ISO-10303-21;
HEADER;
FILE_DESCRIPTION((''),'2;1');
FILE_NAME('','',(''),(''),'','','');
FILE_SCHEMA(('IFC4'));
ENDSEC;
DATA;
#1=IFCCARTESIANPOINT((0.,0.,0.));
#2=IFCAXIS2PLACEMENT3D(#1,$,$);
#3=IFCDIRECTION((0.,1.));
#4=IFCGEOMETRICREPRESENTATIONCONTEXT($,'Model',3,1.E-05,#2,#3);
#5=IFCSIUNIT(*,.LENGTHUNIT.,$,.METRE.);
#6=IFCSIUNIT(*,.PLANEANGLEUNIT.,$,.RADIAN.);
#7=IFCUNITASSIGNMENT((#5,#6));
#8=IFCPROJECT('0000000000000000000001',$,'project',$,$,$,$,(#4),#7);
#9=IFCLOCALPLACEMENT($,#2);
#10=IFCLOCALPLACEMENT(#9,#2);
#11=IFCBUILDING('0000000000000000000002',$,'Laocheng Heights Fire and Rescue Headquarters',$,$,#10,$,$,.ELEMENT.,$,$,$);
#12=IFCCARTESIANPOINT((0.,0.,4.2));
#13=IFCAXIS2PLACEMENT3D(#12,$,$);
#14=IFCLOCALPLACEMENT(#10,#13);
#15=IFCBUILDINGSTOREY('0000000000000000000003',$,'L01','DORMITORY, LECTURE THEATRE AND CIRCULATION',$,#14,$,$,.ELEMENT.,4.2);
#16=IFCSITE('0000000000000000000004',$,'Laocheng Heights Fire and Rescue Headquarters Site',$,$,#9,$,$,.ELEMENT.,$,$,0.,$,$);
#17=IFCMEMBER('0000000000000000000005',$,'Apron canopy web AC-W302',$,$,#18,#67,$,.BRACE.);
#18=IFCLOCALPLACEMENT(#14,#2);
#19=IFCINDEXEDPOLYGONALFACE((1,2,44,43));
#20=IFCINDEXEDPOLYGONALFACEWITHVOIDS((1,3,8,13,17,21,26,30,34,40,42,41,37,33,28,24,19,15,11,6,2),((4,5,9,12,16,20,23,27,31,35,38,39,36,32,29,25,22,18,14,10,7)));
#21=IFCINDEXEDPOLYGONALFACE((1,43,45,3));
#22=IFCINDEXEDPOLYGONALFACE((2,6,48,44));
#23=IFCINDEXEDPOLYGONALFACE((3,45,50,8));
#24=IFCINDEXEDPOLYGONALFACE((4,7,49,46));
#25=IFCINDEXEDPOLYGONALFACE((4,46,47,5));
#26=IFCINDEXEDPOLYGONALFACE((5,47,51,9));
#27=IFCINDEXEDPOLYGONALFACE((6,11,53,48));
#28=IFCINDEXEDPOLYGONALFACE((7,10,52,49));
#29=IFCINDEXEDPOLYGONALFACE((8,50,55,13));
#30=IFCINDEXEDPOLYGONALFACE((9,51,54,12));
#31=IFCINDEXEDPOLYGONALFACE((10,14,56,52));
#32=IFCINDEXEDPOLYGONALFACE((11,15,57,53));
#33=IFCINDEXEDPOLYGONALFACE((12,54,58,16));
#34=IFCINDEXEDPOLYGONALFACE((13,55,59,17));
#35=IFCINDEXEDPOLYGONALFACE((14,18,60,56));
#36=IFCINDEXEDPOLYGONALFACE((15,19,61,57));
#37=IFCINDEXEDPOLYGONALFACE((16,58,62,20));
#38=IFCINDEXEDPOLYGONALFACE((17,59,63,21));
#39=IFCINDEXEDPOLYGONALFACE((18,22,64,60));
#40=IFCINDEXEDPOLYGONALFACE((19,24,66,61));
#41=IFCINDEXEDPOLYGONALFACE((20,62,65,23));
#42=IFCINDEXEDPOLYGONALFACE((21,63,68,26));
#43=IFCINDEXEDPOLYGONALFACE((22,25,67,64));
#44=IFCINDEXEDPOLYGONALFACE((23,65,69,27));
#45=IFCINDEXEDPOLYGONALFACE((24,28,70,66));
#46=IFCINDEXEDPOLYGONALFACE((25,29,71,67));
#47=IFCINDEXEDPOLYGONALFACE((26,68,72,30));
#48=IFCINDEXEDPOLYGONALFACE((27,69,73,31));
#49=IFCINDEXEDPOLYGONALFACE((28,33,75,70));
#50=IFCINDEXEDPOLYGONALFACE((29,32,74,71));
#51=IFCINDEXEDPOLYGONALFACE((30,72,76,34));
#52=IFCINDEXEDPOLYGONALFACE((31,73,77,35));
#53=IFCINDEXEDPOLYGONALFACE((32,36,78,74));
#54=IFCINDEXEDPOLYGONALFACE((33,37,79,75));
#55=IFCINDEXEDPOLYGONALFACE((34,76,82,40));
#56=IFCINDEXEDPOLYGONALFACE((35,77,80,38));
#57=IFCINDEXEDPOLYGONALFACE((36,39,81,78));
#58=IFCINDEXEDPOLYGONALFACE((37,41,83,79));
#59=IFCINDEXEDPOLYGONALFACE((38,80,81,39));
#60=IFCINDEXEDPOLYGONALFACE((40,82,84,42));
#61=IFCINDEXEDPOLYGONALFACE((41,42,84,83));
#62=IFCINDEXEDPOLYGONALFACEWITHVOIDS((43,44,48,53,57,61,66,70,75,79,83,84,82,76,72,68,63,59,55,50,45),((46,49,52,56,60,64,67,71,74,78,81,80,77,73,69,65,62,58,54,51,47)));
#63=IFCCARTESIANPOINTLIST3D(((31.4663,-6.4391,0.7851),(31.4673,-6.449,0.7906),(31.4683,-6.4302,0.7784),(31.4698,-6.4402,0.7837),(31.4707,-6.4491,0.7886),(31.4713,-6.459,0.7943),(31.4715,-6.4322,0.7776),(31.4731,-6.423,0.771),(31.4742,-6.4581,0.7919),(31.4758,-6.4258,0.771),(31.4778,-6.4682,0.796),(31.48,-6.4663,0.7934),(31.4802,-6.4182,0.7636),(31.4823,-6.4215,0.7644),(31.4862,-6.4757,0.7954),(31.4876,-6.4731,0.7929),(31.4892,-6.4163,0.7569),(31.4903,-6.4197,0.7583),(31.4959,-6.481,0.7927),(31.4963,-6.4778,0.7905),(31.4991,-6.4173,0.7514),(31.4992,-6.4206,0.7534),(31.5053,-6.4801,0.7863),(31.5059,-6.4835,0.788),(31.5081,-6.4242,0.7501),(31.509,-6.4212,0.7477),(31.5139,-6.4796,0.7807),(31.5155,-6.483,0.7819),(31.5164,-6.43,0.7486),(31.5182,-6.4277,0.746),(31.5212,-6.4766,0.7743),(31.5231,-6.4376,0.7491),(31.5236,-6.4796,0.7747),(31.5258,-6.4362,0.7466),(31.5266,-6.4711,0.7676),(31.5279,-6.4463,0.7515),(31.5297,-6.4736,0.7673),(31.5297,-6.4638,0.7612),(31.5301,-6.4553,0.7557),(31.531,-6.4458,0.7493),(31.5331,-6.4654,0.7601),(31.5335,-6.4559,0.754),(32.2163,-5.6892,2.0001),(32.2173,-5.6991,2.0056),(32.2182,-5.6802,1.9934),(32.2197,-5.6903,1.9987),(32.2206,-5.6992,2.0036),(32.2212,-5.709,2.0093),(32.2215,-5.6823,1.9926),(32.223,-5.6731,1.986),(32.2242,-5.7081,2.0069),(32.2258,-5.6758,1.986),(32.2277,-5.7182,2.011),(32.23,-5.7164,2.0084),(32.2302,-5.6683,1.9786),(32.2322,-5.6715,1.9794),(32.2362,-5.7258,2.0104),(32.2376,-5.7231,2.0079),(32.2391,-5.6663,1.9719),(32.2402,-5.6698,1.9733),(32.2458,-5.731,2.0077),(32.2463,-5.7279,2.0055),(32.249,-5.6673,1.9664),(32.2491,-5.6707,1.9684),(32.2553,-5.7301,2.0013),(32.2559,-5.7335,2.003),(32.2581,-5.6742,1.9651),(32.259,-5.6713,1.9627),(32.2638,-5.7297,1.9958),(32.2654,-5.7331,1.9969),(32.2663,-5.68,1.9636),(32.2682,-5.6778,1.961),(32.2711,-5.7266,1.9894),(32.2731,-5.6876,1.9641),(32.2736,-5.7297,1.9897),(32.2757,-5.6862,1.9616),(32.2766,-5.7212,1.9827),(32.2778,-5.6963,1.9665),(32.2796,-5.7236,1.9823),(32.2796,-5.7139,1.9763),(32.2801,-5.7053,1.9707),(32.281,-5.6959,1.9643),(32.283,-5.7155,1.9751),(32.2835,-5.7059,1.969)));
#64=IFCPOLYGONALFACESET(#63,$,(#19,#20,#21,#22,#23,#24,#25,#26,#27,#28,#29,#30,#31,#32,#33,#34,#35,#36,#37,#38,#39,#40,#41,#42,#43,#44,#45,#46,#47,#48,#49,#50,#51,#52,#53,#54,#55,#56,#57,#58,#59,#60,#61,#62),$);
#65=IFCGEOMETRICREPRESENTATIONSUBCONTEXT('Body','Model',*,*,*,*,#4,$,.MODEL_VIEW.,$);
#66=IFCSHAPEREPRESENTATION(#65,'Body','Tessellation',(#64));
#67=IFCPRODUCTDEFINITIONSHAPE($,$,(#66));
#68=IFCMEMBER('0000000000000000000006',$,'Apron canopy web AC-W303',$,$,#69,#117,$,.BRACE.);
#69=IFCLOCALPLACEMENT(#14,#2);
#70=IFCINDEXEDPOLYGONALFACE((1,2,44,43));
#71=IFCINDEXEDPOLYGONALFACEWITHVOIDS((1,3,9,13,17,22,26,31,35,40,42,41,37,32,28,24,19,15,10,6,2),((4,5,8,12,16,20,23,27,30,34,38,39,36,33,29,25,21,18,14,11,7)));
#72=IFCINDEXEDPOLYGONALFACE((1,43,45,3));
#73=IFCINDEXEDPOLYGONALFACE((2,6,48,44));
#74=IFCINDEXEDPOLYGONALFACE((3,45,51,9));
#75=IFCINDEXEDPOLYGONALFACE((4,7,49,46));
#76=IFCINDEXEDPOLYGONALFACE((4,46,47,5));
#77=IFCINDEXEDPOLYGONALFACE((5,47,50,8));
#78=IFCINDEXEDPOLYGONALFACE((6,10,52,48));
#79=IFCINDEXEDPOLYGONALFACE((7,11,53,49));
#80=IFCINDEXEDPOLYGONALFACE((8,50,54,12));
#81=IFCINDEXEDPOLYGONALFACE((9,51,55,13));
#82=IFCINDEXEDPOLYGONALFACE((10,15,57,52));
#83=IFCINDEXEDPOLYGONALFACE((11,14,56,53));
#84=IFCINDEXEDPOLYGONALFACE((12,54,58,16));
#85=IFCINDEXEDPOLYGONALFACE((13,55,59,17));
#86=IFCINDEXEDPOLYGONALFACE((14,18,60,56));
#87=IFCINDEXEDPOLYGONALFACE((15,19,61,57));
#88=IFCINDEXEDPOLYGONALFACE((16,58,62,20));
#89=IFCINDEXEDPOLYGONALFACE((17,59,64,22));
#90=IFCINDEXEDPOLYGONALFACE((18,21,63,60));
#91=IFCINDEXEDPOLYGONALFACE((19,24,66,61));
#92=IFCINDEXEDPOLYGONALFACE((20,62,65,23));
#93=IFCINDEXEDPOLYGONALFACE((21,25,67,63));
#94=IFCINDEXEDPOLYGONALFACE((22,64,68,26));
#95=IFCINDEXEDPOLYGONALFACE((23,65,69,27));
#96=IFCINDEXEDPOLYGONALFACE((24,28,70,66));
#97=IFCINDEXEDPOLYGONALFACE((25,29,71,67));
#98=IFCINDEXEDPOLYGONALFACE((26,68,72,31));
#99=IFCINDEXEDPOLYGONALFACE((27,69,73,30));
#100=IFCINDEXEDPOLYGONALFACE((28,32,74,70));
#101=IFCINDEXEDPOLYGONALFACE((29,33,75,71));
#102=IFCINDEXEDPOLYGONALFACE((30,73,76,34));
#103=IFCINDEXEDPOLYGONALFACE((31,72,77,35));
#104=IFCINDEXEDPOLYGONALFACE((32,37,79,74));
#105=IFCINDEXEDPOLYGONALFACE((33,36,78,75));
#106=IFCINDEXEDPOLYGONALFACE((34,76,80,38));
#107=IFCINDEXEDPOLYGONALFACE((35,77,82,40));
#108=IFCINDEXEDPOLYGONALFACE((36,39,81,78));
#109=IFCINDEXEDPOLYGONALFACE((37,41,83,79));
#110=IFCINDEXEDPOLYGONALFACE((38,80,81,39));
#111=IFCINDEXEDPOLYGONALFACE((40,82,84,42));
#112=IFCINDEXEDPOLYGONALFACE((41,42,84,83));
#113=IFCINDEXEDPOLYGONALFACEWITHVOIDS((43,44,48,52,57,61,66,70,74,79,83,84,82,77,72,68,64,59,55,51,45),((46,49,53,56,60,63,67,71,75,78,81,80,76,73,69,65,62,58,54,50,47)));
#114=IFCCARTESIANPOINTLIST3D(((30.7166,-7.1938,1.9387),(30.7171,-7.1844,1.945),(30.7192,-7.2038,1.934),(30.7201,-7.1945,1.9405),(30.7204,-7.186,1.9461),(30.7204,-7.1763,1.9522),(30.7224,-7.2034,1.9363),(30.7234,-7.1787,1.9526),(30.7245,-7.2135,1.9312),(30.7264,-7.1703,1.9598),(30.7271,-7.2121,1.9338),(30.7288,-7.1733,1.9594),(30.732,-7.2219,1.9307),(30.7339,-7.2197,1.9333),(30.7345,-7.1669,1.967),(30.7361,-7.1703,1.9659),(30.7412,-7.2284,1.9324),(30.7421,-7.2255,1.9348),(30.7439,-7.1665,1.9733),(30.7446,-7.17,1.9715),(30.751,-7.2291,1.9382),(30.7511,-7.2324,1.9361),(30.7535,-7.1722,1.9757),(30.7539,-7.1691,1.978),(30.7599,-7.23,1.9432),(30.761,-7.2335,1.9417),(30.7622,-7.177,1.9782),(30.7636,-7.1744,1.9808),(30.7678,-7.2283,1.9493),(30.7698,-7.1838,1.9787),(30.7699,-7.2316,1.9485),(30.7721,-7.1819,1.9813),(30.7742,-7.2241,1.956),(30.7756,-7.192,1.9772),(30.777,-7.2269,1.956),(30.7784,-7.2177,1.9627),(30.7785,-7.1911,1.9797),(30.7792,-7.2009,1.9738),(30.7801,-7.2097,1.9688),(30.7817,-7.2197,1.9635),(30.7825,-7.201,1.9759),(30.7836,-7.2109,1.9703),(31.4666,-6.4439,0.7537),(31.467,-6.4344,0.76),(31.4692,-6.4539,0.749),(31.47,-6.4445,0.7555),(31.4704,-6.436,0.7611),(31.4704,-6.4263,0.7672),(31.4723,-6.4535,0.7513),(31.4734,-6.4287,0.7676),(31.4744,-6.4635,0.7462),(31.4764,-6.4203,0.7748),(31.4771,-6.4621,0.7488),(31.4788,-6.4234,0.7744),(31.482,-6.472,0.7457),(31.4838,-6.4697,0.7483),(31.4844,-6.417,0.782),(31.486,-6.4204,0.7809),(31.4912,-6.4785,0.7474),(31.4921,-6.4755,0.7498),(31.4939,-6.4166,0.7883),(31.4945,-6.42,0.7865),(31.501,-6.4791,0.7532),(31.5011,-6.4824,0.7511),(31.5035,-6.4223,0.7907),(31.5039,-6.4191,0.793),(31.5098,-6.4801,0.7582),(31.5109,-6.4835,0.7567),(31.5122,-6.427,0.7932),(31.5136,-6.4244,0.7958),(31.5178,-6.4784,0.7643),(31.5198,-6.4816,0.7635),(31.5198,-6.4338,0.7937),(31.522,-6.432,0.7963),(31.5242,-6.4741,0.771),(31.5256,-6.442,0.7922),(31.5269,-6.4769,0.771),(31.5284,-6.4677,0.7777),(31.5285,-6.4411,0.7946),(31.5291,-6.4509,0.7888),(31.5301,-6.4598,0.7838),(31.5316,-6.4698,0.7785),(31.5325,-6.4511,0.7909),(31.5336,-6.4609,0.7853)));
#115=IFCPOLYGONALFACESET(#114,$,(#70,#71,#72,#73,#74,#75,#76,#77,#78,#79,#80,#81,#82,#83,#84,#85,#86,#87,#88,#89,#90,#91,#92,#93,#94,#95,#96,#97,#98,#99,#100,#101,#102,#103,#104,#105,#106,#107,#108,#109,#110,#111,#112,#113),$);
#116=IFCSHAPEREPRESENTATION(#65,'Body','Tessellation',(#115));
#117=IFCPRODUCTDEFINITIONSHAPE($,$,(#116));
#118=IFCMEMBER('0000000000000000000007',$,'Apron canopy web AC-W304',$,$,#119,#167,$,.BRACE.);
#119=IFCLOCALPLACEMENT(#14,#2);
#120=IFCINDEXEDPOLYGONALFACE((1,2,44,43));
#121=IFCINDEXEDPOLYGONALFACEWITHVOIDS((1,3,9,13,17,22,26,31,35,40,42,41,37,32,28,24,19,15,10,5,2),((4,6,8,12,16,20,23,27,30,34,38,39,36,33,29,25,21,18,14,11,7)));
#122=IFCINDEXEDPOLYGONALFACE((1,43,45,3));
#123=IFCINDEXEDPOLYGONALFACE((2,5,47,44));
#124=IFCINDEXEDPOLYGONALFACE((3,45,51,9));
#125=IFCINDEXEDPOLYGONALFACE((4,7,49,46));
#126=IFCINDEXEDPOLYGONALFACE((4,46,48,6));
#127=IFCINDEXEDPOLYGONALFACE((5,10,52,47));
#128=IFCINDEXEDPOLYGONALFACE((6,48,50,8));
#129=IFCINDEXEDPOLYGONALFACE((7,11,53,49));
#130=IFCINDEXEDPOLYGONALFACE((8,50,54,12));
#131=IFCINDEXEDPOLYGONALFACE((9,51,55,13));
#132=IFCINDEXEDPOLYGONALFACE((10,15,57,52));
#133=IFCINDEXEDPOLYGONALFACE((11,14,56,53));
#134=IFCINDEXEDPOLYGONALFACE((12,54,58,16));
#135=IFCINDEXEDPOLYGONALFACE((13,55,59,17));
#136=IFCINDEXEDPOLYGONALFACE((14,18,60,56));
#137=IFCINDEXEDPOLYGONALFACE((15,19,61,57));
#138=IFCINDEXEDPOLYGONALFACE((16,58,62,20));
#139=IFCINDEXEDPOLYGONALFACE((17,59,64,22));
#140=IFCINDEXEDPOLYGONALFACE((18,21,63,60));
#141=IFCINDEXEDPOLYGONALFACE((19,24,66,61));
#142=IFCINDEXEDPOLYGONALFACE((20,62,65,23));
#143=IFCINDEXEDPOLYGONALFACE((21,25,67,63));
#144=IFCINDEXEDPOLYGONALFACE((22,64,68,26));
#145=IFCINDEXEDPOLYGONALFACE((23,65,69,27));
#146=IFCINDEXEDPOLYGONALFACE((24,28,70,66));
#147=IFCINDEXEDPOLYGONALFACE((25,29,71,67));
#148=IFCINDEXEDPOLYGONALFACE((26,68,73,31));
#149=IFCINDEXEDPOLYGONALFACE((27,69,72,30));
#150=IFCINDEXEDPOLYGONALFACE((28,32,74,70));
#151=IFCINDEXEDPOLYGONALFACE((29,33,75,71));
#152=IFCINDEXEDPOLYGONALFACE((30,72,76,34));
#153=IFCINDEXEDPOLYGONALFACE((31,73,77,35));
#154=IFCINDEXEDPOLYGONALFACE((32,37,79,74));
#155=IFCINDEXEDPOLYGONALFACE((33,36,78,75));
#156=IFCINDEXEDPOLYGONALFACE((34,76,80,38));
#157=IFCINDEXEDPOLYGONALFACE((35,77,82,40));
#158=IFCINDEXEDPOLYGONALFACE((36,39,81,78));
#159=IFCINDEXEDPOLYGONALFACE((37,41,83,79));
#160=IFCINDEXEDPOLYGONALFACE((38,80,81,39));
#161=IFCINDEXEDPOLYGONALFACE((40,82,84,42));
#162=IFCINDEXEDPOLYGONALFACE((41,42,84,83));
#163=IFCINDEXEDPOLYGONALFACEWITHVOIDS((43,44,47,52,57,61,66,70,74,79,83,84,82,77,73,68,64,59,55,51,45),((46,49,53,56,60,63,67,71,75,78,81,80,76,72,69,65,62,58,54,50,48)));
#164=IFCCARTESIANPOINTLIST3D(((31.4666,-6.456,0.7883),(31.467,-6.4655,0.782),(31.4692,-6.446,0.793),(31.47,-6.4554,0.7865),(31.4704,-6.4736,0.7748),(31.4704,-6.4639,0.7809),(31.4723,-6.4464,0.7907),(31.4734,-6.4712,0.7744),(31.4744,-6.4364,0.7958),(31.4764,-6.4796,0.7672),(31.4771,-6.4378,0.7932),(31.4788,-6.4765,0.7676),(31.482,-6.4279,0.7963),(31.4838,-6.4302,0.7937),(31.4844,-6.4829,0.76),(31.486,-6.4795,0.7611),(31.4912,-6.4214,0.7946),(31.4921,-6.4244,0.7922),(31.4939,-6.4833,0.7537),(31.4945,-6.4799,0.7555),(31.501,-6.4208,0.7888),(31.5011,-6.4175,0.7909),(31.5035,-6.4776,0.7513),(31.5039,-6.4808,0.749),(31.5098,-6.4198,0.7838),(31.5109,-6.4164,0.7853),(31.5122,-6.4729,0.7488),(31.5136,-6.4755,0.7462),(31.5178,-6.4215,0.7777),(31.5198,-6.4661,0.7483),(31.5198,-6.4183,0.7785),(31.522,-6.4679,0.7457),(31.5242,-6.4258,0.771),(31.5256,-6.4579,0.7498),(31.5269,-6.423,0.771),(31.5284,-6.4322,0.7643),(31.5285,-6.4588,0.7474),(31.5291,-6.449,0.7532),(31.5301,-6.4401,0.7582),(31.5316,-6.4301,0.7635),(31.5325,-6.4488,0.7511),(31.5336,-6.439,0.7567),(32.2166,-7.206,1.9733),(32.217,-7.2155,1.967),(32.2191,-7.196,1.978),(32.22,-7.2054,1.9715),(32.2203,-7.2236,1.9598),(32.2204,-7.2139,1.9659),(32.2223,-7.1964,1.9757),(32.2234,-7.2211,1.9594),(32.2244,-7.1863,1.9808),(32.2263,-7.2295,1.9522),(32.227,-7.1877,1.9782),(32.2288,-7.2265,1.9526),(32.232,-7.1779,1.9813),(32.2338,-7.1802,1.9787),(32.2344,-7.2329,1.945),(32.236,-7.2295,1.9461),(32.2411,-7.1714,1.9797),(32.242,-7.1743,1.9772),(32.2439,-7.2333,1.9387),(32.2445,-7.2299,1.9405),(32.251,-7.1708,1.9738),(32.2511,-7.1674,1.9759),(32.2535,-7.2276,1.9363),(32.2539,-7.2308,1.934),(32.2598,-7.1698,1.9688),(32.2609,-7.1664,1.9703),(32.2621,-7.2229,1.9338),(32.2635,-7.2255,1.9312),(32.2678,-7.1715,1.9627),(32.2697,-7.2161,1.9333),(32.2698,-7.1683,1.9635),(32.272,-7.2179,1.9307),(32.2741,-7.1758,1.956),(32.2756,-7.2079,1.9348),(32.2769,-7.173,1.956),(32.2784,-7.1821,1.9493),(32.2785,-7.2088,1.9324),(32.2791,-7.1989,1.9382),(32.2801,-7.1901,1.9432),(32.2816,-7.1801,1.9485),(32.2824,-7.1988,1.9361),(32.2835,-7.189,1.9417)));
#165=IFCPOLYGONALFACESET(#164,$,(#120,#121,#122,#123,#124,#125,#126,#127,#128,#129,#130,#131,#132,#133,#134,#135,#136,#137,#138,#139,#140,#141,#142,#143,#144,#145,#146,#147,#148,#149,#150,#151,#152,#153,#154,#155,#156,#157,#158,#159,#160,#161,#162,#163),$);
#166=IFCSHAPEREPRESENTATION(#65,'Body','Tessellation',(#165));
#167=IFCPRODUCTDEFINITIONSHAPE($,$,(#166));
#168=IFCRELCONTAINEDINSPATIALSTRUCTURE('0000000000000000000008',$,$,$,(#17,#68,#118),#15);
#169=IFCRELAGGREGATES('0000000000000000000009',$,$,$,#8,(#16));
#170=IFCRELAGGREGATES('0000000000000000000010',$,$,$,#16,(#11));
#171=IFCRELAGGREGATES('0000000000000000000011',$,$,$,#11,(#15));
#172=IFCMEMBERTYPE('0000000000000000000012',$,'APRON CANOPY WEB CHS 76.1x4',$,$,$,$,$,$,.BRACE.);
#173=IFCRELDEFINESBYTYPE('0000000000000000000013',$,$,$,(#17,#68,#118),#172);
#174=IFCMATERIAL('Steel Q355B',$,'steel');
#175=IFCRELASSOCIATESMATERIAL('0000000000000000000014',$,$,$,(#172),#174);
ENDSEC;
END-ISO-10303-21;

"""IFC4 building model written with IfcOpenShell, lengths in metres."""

from ifc_helpers import new_model, si_unit, direction, frame, origin, origin_2d, place, context, subcontext, project, spatial, hollow_circle, extrude, material, material_profile, profile_set, type_object, element, save


model = new_model("IFC4")

# Units and contexts
model_context = context("Model", 3, precision=1e-05, world=origin(), true_north=direction((0.0, 1.0)))
body_context = subcontext(model_context, "Body", "Model", "MODEL_VIEW")
ifc_project = project(units=[si_unit("LENGTHUNIT", "METRE"), si_unit("PLANEANGLEUNIT", "RADIAN")], contexts=[model_context])

# Site, building, storey
site_placement = place(None, origin())
site = spatial("IfcSite", under=ifc_project, at=site_placement, Name="Laocheng Heights Fire and Rescue Headquarters Site", CompositionType="ELEMENT", RefElevation=0.0)
building_placement = place(site_placement, origin())
building = spatial("IfcBuilding", under=site, at=building_placement, Name="Laocheng Heights Fire and Rescue Headquarters", CompositionType="ELEMENT")
storey_placement = place(building_placement, frame((0.0, 0.0, 4.2)))
storey = spatial("IfcBuildingStorey", under=building, at=storey_placement, Name="L01", Description="DORMITORY, LECTURE THEATRE AND CIRCULATION", CompositionType="ELEMENT", Elevation=4.2)

# Members
ifc_material_1 = material(Name="Steel Q355B", Category="steel")
ifc_material_profile_1 = material_profile(ifc_material_1, hollow_circle(Radius=0.0381, WallThickness=0.0039, at=origin_2d()), Name="CHS 76.1x4")
ifc_profile_set_1 = profile_set([ifc_material_profile_1], Name="Steel Q355B")
member_type_1 = type_object("IfcMemberType", Name="APRON CANOPY WEB CHS 76.1x4", PredefinedType="BRACE", material=ifc_profile_set_1)
member_1_placement = place(storey_placement, frame((31.5, -6.45, 0.771), z_axis=(0.465002, 0.465002, 0.753357), x_axis=(-0.707107, 0.707107, 0.0)))
element("IfcMember", 1, at=member_1_placement, inside=storey, type_object=member_type_1, Name="Apron canopy web AC-W302", PredefinedType="BRACE", context=body_context, shape_type="SweptSolid", body=[
    extrude(hollow_circle(Radius=0.0381, WallThickness=0.0039, at=origin_2d()), origin(), (0.0, 0.0, 1.0), 1.6128),
])
for number, where, z_axis, x_axis, name in (
    (2, (31.5, -6.45, 0.771), (-0.47158, -0.47158, 0.745134), (0.707107, -0.707107, 0.0), "Apron canopy web AC-W303"),
    (3, (31.5, -6.45, 0.771), (0.47158, -0.47158, 0.745134), (0.707107, 0.707107, 0.0), "Apron canopy web AC-W304"),
):
    element("IfcMember", number, at=place(storey_placement, frame(where, z_axis=z_axis, x_axis=x_axis)), inside=storey, type_object=member_type_1, Name=name, PredefinedType="BRACE", context=body_context, shape_type="SweptSolid", body=[
        extrude(hollow_circle(Radius=0.0381, WallThickness=0.0039, at=origin_2d()), origin(), (0.0, 0.0, 1.0), 1.5903),
    ])

save(model, "model.ifc")
